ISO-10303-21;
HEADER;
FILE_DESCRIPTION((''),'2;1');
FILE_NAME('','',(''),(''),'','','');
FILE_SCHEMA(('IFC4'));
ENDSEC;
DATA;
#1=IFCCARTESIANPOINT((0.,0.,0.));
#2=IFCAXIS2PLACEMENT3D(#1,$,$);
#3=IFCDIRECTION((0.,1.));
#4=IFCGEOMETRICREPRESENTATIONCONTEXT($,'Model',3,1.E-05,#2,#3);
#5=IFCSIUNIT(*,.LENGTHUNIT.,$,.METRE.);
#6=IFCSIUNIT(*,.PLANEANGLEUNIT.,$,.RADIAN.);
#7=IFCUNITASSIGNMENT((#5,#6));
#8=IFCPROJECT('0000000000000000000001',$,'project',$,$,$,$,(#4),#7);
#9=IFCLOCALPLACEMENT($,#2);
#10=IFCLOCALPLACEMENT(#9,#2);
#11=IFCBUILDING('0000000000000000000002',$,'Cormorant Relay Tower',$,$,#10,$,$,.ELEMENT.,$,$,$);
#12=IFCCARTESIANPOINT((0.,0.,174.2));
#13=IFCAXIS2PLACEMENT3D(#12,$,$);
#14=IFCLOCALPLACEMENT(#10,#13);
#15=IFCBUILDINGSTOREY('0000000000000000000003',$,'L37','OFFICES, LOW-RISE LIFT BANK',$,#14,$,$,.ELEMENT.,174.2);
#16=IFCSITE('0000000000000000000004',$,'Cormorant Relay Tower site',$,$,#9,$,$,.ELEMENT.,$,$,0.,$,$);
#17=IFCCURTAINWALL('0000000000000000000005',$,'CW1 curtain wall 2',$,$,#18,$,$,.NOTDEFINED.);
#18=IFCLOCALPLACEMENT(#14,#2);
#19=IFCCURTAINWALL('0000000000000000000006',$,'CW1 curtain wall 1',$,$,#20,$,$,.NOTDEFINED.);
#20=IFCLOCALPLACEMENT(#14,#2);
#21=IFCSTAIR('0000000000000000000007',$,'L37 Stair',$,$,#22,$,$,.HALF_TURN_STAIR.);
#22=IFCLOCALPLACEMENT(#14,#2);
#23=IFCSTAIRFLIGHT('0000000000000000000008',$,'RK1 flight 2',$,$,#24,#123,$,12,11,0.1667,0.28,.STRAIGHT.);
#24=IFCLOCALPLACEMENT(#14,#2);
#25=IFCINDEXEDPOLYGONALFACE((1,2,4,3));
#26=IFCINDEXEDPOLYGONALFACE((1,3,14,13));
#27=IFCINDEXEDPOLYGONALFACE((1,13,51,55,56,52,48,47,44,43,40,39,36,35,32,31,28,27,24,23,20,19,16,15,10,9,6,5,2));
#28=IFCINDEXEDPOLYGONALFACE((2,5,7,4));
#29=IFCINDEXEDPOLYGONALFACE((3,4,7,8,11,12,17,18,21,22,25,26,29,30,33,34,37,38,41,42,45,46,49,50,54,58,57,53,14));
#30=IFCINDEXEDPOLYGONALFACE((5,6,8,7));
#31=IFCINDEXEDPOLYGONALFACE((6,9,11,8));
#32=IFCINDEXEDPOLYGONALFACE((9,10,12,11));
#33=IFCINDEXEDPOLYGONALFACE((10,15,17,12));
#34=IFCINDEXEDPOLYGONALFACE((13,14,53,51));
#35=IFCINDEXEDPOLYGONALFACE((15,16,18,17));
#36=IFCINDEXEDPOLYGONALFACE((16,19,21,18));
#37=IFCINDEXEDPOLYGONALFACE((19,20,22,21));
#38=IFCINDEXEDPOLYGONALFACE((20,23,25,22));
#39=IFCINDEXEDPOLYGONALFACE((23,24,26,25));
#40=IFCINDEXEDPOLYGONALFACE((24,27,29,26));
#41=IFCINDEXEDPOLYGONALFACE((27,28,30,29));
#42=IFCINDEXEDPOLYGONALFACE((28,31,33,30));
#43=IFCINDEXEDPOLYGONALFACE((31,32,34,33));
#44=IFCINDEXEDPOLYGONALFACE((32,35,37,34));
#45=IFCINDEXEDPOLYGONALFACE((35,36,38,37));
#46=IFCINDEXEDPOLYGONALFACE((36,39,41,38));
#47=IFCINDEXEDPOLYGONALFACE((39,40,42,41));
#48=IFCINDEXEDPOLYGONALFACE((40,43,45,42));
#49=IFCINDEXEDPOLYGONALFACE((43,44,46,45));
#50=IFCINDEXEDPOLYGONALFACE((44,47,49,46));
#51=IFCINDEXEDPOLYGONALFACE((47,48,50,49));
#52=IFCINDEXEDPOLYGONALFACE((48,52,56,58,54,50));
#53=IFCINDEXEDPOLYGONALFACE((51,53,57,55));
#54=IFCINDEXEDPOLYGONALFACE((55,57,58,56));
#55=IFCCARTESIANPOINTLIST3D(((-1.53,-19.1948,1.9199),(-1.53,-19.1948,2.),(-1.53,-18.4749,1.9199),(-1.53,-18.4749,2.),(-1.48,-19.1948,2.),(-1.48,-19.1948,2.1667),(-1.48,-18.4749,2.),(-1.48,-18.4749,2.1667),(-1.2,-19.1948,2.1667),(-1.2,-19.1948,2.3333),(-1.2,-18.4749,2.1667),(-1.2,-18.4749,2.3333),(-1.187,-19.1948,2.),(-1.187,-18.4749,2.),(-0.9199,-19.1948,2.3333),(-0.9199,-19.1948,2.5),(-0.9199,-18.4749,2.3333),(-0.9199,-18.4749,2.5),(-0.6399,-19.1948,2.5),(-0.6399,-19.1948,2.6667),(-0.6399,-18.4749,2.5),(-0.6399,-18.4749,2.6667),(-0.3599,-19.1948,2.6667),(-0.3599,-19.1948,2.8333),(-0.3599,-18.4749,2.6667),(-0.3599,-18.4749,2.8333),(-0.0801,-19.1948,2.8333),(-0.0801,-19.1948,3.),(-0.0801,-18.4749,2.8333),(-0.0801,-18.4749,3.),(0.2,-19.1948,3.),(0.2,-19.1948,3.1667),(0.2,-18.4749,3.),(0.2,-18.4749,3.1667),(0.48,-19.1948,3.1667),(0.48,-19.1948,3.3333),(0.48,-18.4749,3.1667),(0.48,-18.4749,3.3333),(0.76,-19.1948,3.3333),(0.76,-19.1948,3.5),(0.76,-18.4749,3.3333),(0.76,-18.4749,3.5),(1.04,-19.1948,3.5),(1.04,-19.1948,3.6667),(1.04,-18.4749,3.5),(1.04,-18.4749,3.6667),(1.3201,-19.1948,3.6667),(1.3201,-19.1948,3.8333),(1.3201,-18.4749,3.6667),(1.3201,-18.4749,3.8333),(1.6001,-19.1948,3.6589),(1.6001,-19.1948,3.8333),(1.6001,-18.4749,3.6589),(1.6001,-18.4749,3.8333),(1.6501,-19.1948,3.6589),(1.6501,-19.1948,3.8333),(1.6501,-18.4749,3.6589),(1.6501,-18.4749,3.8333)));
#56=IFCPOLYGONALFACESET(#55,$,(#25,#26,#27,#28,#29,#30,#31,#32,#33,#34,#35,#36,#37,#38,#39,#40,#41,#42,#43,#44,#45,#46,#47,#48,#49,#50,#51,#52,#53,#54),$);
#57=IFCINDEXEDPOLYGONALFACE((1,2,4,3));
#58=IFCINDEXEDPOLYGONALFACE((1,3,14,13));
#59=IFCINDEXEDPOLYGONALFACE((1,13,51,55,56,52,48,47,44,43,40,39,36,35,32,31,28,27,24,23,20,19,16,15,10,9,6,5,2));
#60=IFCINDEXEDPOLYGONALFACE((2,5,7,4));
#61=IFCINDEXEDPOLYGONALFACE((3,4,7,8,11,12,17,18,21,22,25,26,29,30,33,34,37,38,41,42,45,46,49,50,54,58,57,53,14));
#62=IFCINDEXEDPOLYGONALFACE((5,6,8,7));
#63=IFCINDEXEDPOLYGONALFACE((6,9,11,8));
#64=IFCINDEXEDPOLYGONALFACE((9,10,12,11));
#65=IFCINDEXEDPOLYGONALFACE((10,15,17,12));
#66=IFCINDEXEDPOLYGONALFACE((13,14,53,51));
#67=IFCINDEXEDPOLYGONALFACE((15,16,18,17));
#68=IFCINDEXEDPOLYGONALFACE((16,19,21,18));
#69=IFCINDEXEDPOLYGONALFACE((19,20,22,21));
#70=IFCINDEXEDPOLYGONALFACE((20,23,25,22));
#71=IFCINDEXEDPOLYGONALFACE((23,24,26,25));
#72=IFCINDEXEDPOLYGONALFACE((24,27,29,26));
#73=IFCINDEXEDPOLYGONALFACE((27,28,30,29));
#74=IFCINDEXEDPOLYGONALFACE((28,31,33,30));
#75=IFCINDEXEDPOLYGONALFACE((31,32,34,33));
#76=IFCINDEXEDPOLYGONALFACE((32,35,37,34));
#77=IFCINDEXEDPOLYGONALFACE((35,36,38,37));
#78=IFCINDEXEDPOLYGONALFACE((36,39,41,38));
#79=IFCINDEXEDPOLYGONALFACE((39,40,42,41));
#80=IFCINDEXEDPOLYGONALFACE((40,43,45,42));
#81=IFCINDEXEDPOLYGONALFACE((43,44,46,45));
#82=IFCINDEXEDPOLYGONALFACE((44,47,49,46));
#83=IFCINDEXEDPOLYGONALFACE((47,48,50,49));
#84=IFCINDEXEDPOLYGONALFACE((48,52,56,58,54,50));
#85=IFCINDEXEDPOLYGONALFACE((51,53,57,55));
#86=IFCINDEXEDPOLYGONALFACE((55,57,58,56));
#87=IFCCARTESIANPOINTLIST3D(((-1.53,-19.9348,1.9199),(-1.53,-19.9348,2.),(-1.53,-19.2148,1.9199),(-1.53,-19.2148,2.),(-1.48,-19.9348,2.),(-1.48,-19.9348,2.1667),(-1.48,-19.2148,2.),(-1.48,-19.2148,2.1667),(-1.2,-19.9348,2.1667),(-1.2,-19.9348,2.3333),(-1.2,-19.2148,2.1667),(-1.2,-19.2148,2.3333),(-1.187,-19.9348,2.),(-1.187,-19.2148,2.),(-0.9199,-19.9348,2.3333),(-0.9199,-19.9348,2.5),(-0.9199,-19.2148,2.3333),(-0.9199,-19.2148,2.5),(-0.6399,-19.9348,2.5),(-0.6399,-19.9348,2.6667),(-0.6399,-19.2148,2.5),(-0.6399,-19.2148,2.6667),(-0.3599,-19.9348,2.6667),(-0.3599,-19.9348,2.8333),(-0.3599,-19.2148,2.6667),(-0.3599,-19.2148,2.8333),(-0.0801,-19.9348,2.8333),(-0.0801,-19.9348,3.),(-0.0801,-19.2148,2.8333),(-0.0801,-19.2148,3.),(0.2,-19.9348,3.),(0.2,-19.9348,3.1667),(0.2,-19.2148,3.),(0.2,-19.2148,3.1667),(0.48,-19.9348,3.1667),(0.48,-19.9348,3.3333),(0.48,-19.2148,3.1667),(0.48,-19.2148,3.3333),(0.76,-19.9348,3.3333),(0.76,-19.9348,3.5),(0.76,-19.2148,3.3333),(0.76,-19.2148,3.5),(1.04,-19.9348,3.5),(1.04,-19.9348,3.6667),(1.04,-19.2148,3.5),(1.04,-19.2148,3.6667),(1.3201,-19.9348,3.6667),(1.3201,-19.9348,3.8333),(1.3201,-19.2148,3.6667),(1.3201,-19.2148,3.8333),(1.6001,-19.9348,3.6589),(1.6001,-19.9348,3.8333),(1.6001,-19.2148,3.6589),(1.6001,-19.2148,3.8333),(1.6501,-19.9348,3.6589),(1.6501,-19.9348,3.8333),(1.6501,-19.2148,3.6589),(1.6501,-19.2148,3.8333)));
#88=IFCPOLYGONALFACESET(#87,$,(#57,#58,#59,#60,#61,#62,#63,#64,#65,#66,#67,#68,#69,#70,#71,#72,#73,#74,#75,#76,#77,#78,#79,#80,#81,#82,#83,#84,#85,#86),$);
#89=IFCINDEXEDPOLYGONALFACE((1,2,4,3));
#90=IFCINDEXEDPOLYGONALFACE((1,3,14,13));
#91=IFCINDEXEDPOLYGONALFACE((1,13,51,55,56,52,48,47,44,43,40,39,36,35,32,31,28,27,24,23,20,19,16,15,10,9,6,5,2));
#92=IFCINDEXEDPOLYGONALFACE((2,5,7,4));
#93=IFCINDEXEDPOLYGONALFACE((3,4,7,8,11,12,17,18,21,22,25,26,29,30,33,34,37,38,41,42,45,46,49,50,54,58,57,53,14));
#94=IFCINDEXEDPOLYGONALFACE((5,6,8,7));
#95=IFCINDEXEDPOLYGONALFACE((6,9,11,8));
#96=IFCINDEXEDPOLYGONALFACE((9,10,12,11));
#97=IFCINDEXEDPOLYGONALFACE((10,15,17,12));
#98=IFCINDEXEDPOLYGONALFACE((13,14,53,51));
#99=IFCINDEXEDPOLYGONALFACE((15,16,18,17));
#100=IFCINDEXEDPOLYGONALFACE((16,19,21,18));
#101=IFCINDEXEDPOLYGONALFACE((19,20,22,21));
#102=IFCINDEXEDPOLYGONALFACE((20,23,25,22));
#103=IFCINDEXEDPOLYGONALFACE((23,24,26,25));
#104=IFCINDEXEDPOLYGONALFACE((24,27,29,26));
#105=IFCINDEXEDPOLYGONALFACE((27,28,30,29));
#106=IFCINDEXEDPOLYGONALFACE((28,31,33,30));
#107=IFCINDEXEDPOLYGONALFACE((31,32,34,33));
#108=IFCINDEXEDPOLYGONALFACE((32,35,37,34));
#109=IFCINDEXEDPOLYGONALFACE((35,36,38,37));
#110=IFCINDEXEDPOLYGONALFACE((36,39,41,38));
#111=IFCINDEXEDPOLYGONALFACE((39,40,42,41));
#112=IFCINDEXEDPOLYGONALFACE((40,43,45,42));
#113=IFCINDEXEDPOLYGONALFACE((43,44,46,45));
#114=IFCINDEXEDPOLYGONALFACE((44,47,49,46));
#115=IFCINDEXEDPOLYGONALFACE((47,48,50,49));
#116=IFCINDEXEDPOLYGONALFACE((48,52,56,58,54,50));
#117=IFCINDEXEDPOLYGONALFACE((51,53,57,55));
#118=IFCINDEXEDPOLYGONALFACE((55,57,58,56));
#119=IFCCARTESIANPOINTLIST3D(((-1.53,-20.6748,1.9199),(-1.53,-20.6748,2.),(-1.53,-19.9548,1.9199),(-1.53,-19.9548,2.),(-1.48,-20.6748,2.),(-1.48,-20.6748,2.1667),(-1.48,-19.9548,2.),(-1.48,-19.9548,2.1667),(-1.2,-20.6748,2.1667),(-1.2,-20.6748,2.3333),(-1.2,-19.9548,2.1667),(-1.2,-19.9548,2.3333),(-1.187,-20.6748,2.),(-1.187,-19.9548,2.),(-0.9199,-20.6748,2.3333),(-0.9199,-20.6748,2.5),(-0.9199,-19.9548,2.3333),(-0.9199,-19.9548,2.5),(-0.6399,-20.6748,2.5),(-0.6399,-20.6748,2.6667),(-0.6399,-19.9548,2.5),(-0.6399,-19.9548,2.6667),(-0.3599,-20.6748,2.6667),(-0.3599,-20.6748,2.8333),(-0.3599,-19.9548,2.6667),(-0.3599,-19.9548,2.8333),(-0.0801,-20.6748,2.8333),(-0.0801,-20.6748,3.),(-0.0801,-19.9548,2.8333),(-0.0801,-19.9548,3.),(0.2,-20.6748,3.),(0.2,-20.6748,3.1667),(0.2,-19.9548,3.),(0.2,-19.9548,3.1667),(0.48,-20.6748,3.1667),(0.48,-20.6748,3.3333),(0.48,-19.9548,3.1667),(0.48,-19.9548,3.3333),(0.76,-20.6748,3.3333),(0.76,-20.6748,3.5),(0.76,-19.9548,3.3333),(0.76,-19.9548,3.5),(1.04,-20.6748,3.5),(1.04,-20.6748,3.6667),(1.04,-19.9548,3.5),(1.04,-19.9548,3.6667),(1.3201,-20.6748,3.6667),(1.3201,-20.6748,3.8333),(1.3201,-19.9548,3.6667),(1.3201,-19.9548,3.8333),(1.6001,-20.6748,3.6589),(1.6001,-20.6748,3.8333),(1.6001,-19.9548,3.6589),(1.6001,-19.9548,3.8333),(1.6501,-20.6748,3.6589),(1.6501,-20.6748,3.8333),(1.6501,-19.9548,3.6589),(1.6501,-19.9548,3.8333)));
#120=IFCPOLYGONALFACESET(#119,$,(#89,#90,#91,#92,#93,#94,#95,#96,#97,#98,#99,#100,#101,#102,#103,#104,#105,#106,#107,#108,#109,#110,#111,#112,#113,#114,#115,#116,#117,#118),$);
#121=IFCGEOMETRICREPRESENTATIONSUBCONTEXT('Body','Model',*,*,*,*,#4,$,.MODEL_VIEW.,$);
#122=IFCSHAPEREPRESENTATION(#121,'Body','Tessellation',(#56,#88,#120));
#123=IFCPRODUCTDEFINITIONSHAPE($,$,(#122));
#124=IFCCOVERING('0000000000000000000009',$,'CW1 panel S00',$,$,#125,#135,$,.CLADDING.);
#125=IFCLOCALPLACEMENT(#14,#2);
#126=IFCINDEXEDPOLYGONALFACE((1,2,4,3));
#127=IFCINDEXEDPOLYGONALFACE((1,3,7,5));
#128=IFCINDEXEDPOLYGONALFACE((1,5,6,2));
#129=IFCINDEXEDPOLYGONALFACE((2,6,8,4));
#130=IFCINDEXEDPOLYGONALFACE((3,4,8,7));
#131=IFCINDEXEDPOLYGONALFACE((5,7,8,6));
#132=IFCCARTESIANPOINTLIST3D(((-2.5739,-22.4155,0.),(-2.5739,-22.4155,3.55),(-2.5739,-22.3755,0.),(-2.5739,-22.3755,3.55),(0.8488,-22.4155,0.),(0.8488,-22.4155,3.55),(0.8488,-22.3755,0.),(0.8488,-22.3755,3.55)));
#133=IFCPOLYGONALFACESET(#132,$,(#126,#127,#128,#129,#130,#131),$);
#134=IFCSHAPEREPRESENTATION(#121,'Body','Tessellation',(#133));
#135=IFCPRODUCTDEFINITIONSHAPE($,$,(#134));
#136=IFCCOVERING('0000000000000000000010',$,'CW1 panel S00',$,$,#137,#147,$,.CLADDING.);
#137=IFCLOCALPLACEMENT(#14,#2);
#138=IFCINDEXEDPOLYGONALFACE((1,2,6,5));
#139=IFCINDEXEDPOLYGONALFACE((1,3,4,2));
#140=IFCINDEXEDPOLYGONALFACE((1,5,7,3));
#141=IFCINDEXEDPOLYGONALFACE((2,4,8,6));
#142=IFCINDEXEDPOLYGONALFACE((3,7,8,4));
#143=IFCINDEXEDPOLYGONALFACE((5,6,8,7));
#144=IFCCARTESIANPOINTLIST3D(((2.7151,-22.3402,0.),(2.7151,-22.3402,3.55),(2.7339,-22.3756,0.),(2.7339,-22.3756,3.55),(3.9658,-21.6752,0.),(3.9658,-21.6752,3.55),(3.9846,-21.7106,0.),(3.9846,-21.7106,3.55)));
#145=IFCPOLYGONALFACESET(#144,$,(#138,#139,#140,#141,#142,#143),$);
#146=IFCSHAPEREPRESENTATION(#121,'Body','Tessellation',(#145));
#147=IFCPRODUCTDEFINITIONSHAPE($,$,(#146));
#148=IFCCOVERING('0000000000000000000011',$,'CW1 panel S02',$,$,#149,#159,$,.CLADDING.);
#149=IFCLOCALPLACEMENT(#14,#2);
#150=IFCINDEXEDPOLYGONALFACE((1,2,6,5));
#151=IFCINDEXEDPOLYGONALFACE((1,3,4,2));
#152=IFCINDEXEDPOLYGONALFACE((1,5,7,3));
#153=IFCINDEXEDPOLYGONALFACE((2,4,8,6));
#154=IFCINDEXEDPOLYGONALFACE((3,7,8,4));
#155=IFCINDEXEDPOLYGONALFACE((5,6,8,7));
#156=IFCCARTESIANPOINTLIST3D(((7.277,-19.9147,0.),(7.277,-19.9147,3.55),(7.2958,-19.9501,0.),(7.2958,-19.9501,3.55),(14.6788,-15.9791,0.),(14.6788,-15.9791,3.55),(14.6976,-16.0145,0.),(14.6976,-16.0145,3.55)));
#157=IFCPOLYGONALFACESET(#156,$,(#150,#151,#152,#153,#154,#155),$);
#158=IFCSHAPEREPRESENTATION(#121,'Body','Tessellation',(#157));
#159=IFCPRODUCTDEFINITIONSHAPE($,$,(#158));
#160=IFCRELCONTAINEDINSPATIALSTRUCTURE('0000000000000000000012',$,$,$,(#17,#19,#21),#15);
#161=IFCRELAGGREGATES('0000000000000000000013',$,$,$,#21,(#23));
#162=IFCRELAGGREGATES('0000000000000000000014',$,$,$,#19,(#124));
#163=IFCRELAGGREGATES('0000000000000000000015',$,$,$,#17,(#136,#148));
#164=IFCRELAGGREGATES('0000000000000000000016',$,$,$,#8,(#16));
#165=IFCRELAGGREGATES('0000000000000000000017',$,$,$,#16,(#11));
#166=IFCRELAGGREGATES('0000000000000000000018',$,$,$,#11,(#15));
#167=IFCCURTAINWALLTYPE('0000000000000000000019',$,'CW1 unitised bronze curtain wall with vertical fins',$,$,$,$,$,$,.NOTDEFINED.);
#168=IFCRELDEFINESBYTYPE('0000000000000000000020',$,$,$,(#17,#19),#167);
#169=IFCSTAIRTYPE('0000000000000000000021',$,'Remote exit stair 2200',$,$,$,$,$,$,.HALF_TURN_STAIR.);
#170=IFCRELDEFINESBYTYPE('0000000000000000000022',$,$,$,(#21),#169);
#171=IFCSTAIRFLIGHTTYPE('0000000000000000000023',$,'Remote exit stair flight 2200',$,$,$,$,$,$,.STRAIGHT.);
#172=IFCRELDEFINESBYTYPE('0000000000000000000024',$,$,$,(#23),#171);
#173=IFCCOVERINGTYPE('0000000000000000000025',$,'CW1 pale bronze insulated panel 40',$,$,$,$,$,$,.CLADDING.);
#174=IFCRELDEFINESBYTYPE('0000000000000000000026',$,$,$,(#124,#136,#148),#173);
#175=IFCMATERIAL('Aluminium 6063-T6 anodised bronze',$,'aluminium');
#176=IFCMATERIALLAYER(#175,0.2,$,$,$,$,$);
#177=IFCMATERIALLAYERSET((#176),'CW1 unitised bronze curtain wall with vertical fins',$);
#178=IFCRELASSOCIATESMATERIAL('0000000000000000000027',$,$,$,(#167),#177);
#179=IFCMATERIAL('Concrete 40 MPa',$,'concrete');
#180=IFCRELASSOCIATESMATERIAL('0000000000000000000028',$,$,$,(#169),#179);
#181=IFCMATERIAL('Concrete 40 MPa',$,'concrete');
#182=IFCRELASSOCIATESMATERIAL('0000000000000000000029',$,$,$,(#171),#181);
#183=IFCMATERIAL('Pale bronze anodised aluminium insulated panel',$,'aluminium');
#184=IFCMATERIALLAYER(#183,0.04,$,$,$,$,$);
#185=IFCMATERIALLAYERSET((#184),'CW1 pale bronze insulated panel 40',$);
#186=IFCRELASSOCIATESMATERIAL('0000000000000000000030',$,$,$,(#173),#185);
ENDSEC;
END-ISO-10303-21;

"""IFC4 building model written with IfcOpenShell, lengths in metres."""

from ifc_helpers import new_model, si_unit, direction, frame, origin, origin_2d, place, context, subcontext, project, spatial, polyline, rectangle, outline, extrude, material, layer, layer_set, type_object, element, aggregate, save


model = new_model("IFC4")

# Units and contexts
model_context = context("Model", 3, precision=1e-05, world=origin(), true_north=direction((0.0, 1.0)))
body_context = subcontext(model_context, "Body", "Model", "MODEL_VIEW")
ifc_project = project(units=[si_unit("LENGTHUNIT", "METRE"), si_unit("PLANEANGLEUNIT", "RADIAN")], contexts=[model_context])

# Site, building, storey
site_placement = place(None, origin())
site = spatial("IfcSite", under=ifc_project, at=site_placement, Name="Cormorant Relay Tower site", CompositionType="ELEMENT", RefElevation=0.0)
building_placement = place(site_placement, origin())
building = spatial("IfcBuilding", under=site, at=building_placement, Name="Cormorant Relay Tower", CompositionType="ELEMENT")
storey_placement = place(building_placement, frame((0.0, 0.0, 174.2)))
storey = spatial("IfcBuildingStorey", under=building, at=storey_placement, Name="L37", Description="OFFICES, LOW-RISE LIFT BANK", CompositionType="ELEMENT", Elevation=174.2)

# Curtain wall
ifc_material_1 = material(Name="Aluminium 6063-T6 anodised bronze", Category="aluminium")
ifc_layer_1 = layer(ifc_material_1, 0.2)
ifc_layer_set_1 = layer_set([ifc_layer_1], Name="CW1 unitised bronze curtain wall with vertical fins")
curtain_wall_type = type_object("IfcCurtainWallType", Name="CW1 unitised bronze curtain wall with vertical fins", PredefinedType="NOTDEFINED", material=ifc_layer_set_1)
curtain_wall_1_placement = place(storey_placement, origin())
curtain_wall_1 = element("IfcCurtainWall", 1, at=curtain_wall_1_placement, inside=storey, type_object=curtain_wall_type, Name="CW1 curtain wall 2", PredefinedType="NOTDEFINED")

# Curtain wall
curtain_wall_2_placement = place(storey_placement, origin())
curtain_wall_2 = element("IfcCurtainWall", 2, at=curtain_wall_2_placement, inside=storey, type_object=curtain_wall_type, Name="CW1 curtain wall 1", PredefinedType="NOTDEFINED")

# Stair, stair flight
ifc_material_2 = material(Name="Concrete 40 MPa", Category="concrete")
stair_type = type_object("IfcStairType", Name="Remote exit stair 2200", PredefinedType="HALF_TURN_STAIR", material=ifc_material_2)
stair_placement = place(storey_placement, origin())
stair = element("IfcStair", 3, at=stair_placement, inside=storey, type_object=stair_type, Name="L37 Stair", PredefinedType="HALF_TURN_STAIR")
ifc_material_3 = material(Name="Concrete 40 MPa", Category="concrete")
stair_flight_type = type_object("IfcStairFlightType", Name="Remote exit stair flight 2200", PredefinedType="STRAIGHT", material=ifc_material_3)
stair_flight_1_placement = place(storey_placement, frame((-1.48, -19.575, 2.0), z_axis=(0.0, 0.0, 1.0), x_axis=(1.0, 0.0, 0.0)))
stair_flight_1 = element("IfcStairFlight", 4, at=stair_flight_1_placement, type_object=stair_flight_type, Name="RK1 flight 2", NumberOfRisers=12, NumberOfTreads=11, PredefinedType="STRAIGHT", RiserHeight=0.1667, TreadLength=0.28, context=body_context, shape_type="SweptSolid", body=[
    extrude(outline(polyline([(-0.05, -0.0801), (-0.05, 0.0), (0.0, 0.0), (0.0, 0.1667), (0.28, 0.1667), (0.28, 0.3333), (0.5601, 0.3333), (0.5601, 0.5), (0.8401, 0.5), (0.8401, 0.6667), (1.1201, 0.6667), (1.1201, 0.8333), (1.3999, 0.8333), (1.3999, 1.0), (1.6799, 1.0), (1.6799, 1.1667), (1.96, 1.1667), (1.96, 1.3333), (2.24, 1.3333), (2.24, 1.5), (2.52, 1.5), (2.52, 1.6667), (2.8, 1.6667), (2.8, 1.8333), (3.0801, 1.8333), (3.1301, 1.8333), (3.1301, 1.6589), (3.0801, 1.6589), (0.293, 0.0), (-0.05, -0.0801)])), frame((0.0, 1.1001, 0.0), z_axis=(0.0, -1.0, 0.0), x_axis=(1.0, 0.0, 0.0)), (0.0, 0.0, 1.0), 0.72),
    extrude(outline(polyline([(-0.05, -0.0801), (-0.05, 0.0), (0.0, 0.0), (0.0, 0.1667), (0.28, 0.1667), (0.28, 0.3333), (0.5601, 0.3333), (0.5601, 0.5), (0.8401, 0.5), (0.8401, 0.6667), (1.1201, 0.6667), (1.1201, 0.8333), (1.3999, 0.8333), (1.3999, 1.0), (1.6799, 1.0), (1.6799, 1.1667), (1.96, 1.1667), (1.96, 1.3333), (2.24, 1.3333), (2.24, 1.5), (2.52, 1.5), (2.52, 1.6667), (2.8, 1.6667), (2.8, 1.8333), (3.0801, 1.8333), (3.1301, 1.8333), (3.1301, 1.6589), (3.0801, 1.6589), (0.293, 0.0), (-0.05, -0.0801)])), frame((0.0, 0.3601, 0.0), z_axis=(0.0, -1.0, 0.0), x_axis=(1.0, 0.0, 0.0)), (0.0, 0.0, 1.0), 0.72),
    extrude(outline(polyline([(-0.05, -0.0801), (-0.05, 0.0), (0.0, 0.0), (0.0, 0.1667), (0.28, 0.1667), (0.28, 0.3333), (0.5601, 0.3333), (0.5601, 0.5), (0.8401, 0.5), (0.8401, 0.6667), (1.1201, 0.6667), (1.1201, 0.8333), (1.3999, 0.8333), (1.3999, 1.0), (1.6799, 1.0), (1.6799, 1.1667), (1.96, 1.1667), (1.96, 1.3333), (2.24, 1.3333), (2.24, 1.5), (2.52, 1.5), (2.52, 1.6667), (2.8, 1.6667), (2.8, 1.8333), (3.0801, 1.8333), (3.1301, 1.8333), (3.1301, 1.6589), (3.0801, 1.6589), (0.293, 0.0), (-0.05, -0.0801)])), frame((0.0, -0.3799, 0.0), z_axis=(0.0, -1.0, 0.0), x_axis=(1.0, 0.0, 0.0)), (0.0, 0.0, 1.0), 0.72),
])
aggregate(stair, [stair_flight_1])

# Coverings
ifc_material_4 = material(Name="Pale bronze anodised aluminium insulated panel", Category="aluminium")
ifc_layer_2 = layer(ifc_material_4, 0.04)
ifc_layer_set_2 = layer_set([ifc_layer_2], Name="CW1 pale bronze insulated panel 40")
covering_type = type_object("IfcCoveringType", Name="CW1 pale bronze insulated panel 40", PredefinedType="CLADDING", material=ifc_layer_set_2)
covering_1_placement = place(storey_placement, frame((-0.8625, -22.3955, 0.0), z_axis=(0.0, 0.0, 1.0), x_axis=(1.0, 0.0, 0.0)))
covering_1 = element("IfcCovering", 5, at=covering_1_placement, type_object=covering_type, Name="CW1 panel S00", PredefinedType="CLADDING", context=body_context, shape_type="SweptSolid", body=[
    extrude(rectangle(XDim=3.4226, YDim=0.04, at=origin_2d()), origin(), (0.0, 0.0, 1.0), 3.55),
])
aggregate(curtain_wall_2, [covering_1])
covering_2_placement = place(storey_placement, frame((3.3499, -22.0254, 0.0), z_axis=(0.0, 0.0, 1.0), x_axis=(0.882948, 0.469472, 0.0)))
covering_2 = element("IfcCovering", 6, at=covering_2_placement, type_object=covering_type, Name="CW1 panel S00", PredefinedType="CLADDING", context=body_context, shape_type="SweptSolid", body=[
    extrude(rectangle(XDim=1.4165, YDim=0.04, at=origin_2d()), origin(), (0.0, 0.0, 1.0), 3.55),
])
covering_3_placement = place(storey_placement, frame((10.9873, -17.9646, 0.0), z_axis=(0.0, 0.0, 1.0), x_axis=(0.882948, 0.469472, 0.0)))
covering_3 = element("IfcCovering", 7, at=covering_3_placement, type_object=covering_type, Name="CW1 panel S02", PredefinedType="CLADDING", context=body_context, shape_type="SweptSolid", body=[
    extrude(rectangle(XDim=8.3831, YDim=0.04, at=origin_2d()), origin(), (0.0, 0.0, 1.0), 3.55),
])
aggregate(curtain_wall_1, [covering_2, covering_3])

save(model, "model.ifc")
